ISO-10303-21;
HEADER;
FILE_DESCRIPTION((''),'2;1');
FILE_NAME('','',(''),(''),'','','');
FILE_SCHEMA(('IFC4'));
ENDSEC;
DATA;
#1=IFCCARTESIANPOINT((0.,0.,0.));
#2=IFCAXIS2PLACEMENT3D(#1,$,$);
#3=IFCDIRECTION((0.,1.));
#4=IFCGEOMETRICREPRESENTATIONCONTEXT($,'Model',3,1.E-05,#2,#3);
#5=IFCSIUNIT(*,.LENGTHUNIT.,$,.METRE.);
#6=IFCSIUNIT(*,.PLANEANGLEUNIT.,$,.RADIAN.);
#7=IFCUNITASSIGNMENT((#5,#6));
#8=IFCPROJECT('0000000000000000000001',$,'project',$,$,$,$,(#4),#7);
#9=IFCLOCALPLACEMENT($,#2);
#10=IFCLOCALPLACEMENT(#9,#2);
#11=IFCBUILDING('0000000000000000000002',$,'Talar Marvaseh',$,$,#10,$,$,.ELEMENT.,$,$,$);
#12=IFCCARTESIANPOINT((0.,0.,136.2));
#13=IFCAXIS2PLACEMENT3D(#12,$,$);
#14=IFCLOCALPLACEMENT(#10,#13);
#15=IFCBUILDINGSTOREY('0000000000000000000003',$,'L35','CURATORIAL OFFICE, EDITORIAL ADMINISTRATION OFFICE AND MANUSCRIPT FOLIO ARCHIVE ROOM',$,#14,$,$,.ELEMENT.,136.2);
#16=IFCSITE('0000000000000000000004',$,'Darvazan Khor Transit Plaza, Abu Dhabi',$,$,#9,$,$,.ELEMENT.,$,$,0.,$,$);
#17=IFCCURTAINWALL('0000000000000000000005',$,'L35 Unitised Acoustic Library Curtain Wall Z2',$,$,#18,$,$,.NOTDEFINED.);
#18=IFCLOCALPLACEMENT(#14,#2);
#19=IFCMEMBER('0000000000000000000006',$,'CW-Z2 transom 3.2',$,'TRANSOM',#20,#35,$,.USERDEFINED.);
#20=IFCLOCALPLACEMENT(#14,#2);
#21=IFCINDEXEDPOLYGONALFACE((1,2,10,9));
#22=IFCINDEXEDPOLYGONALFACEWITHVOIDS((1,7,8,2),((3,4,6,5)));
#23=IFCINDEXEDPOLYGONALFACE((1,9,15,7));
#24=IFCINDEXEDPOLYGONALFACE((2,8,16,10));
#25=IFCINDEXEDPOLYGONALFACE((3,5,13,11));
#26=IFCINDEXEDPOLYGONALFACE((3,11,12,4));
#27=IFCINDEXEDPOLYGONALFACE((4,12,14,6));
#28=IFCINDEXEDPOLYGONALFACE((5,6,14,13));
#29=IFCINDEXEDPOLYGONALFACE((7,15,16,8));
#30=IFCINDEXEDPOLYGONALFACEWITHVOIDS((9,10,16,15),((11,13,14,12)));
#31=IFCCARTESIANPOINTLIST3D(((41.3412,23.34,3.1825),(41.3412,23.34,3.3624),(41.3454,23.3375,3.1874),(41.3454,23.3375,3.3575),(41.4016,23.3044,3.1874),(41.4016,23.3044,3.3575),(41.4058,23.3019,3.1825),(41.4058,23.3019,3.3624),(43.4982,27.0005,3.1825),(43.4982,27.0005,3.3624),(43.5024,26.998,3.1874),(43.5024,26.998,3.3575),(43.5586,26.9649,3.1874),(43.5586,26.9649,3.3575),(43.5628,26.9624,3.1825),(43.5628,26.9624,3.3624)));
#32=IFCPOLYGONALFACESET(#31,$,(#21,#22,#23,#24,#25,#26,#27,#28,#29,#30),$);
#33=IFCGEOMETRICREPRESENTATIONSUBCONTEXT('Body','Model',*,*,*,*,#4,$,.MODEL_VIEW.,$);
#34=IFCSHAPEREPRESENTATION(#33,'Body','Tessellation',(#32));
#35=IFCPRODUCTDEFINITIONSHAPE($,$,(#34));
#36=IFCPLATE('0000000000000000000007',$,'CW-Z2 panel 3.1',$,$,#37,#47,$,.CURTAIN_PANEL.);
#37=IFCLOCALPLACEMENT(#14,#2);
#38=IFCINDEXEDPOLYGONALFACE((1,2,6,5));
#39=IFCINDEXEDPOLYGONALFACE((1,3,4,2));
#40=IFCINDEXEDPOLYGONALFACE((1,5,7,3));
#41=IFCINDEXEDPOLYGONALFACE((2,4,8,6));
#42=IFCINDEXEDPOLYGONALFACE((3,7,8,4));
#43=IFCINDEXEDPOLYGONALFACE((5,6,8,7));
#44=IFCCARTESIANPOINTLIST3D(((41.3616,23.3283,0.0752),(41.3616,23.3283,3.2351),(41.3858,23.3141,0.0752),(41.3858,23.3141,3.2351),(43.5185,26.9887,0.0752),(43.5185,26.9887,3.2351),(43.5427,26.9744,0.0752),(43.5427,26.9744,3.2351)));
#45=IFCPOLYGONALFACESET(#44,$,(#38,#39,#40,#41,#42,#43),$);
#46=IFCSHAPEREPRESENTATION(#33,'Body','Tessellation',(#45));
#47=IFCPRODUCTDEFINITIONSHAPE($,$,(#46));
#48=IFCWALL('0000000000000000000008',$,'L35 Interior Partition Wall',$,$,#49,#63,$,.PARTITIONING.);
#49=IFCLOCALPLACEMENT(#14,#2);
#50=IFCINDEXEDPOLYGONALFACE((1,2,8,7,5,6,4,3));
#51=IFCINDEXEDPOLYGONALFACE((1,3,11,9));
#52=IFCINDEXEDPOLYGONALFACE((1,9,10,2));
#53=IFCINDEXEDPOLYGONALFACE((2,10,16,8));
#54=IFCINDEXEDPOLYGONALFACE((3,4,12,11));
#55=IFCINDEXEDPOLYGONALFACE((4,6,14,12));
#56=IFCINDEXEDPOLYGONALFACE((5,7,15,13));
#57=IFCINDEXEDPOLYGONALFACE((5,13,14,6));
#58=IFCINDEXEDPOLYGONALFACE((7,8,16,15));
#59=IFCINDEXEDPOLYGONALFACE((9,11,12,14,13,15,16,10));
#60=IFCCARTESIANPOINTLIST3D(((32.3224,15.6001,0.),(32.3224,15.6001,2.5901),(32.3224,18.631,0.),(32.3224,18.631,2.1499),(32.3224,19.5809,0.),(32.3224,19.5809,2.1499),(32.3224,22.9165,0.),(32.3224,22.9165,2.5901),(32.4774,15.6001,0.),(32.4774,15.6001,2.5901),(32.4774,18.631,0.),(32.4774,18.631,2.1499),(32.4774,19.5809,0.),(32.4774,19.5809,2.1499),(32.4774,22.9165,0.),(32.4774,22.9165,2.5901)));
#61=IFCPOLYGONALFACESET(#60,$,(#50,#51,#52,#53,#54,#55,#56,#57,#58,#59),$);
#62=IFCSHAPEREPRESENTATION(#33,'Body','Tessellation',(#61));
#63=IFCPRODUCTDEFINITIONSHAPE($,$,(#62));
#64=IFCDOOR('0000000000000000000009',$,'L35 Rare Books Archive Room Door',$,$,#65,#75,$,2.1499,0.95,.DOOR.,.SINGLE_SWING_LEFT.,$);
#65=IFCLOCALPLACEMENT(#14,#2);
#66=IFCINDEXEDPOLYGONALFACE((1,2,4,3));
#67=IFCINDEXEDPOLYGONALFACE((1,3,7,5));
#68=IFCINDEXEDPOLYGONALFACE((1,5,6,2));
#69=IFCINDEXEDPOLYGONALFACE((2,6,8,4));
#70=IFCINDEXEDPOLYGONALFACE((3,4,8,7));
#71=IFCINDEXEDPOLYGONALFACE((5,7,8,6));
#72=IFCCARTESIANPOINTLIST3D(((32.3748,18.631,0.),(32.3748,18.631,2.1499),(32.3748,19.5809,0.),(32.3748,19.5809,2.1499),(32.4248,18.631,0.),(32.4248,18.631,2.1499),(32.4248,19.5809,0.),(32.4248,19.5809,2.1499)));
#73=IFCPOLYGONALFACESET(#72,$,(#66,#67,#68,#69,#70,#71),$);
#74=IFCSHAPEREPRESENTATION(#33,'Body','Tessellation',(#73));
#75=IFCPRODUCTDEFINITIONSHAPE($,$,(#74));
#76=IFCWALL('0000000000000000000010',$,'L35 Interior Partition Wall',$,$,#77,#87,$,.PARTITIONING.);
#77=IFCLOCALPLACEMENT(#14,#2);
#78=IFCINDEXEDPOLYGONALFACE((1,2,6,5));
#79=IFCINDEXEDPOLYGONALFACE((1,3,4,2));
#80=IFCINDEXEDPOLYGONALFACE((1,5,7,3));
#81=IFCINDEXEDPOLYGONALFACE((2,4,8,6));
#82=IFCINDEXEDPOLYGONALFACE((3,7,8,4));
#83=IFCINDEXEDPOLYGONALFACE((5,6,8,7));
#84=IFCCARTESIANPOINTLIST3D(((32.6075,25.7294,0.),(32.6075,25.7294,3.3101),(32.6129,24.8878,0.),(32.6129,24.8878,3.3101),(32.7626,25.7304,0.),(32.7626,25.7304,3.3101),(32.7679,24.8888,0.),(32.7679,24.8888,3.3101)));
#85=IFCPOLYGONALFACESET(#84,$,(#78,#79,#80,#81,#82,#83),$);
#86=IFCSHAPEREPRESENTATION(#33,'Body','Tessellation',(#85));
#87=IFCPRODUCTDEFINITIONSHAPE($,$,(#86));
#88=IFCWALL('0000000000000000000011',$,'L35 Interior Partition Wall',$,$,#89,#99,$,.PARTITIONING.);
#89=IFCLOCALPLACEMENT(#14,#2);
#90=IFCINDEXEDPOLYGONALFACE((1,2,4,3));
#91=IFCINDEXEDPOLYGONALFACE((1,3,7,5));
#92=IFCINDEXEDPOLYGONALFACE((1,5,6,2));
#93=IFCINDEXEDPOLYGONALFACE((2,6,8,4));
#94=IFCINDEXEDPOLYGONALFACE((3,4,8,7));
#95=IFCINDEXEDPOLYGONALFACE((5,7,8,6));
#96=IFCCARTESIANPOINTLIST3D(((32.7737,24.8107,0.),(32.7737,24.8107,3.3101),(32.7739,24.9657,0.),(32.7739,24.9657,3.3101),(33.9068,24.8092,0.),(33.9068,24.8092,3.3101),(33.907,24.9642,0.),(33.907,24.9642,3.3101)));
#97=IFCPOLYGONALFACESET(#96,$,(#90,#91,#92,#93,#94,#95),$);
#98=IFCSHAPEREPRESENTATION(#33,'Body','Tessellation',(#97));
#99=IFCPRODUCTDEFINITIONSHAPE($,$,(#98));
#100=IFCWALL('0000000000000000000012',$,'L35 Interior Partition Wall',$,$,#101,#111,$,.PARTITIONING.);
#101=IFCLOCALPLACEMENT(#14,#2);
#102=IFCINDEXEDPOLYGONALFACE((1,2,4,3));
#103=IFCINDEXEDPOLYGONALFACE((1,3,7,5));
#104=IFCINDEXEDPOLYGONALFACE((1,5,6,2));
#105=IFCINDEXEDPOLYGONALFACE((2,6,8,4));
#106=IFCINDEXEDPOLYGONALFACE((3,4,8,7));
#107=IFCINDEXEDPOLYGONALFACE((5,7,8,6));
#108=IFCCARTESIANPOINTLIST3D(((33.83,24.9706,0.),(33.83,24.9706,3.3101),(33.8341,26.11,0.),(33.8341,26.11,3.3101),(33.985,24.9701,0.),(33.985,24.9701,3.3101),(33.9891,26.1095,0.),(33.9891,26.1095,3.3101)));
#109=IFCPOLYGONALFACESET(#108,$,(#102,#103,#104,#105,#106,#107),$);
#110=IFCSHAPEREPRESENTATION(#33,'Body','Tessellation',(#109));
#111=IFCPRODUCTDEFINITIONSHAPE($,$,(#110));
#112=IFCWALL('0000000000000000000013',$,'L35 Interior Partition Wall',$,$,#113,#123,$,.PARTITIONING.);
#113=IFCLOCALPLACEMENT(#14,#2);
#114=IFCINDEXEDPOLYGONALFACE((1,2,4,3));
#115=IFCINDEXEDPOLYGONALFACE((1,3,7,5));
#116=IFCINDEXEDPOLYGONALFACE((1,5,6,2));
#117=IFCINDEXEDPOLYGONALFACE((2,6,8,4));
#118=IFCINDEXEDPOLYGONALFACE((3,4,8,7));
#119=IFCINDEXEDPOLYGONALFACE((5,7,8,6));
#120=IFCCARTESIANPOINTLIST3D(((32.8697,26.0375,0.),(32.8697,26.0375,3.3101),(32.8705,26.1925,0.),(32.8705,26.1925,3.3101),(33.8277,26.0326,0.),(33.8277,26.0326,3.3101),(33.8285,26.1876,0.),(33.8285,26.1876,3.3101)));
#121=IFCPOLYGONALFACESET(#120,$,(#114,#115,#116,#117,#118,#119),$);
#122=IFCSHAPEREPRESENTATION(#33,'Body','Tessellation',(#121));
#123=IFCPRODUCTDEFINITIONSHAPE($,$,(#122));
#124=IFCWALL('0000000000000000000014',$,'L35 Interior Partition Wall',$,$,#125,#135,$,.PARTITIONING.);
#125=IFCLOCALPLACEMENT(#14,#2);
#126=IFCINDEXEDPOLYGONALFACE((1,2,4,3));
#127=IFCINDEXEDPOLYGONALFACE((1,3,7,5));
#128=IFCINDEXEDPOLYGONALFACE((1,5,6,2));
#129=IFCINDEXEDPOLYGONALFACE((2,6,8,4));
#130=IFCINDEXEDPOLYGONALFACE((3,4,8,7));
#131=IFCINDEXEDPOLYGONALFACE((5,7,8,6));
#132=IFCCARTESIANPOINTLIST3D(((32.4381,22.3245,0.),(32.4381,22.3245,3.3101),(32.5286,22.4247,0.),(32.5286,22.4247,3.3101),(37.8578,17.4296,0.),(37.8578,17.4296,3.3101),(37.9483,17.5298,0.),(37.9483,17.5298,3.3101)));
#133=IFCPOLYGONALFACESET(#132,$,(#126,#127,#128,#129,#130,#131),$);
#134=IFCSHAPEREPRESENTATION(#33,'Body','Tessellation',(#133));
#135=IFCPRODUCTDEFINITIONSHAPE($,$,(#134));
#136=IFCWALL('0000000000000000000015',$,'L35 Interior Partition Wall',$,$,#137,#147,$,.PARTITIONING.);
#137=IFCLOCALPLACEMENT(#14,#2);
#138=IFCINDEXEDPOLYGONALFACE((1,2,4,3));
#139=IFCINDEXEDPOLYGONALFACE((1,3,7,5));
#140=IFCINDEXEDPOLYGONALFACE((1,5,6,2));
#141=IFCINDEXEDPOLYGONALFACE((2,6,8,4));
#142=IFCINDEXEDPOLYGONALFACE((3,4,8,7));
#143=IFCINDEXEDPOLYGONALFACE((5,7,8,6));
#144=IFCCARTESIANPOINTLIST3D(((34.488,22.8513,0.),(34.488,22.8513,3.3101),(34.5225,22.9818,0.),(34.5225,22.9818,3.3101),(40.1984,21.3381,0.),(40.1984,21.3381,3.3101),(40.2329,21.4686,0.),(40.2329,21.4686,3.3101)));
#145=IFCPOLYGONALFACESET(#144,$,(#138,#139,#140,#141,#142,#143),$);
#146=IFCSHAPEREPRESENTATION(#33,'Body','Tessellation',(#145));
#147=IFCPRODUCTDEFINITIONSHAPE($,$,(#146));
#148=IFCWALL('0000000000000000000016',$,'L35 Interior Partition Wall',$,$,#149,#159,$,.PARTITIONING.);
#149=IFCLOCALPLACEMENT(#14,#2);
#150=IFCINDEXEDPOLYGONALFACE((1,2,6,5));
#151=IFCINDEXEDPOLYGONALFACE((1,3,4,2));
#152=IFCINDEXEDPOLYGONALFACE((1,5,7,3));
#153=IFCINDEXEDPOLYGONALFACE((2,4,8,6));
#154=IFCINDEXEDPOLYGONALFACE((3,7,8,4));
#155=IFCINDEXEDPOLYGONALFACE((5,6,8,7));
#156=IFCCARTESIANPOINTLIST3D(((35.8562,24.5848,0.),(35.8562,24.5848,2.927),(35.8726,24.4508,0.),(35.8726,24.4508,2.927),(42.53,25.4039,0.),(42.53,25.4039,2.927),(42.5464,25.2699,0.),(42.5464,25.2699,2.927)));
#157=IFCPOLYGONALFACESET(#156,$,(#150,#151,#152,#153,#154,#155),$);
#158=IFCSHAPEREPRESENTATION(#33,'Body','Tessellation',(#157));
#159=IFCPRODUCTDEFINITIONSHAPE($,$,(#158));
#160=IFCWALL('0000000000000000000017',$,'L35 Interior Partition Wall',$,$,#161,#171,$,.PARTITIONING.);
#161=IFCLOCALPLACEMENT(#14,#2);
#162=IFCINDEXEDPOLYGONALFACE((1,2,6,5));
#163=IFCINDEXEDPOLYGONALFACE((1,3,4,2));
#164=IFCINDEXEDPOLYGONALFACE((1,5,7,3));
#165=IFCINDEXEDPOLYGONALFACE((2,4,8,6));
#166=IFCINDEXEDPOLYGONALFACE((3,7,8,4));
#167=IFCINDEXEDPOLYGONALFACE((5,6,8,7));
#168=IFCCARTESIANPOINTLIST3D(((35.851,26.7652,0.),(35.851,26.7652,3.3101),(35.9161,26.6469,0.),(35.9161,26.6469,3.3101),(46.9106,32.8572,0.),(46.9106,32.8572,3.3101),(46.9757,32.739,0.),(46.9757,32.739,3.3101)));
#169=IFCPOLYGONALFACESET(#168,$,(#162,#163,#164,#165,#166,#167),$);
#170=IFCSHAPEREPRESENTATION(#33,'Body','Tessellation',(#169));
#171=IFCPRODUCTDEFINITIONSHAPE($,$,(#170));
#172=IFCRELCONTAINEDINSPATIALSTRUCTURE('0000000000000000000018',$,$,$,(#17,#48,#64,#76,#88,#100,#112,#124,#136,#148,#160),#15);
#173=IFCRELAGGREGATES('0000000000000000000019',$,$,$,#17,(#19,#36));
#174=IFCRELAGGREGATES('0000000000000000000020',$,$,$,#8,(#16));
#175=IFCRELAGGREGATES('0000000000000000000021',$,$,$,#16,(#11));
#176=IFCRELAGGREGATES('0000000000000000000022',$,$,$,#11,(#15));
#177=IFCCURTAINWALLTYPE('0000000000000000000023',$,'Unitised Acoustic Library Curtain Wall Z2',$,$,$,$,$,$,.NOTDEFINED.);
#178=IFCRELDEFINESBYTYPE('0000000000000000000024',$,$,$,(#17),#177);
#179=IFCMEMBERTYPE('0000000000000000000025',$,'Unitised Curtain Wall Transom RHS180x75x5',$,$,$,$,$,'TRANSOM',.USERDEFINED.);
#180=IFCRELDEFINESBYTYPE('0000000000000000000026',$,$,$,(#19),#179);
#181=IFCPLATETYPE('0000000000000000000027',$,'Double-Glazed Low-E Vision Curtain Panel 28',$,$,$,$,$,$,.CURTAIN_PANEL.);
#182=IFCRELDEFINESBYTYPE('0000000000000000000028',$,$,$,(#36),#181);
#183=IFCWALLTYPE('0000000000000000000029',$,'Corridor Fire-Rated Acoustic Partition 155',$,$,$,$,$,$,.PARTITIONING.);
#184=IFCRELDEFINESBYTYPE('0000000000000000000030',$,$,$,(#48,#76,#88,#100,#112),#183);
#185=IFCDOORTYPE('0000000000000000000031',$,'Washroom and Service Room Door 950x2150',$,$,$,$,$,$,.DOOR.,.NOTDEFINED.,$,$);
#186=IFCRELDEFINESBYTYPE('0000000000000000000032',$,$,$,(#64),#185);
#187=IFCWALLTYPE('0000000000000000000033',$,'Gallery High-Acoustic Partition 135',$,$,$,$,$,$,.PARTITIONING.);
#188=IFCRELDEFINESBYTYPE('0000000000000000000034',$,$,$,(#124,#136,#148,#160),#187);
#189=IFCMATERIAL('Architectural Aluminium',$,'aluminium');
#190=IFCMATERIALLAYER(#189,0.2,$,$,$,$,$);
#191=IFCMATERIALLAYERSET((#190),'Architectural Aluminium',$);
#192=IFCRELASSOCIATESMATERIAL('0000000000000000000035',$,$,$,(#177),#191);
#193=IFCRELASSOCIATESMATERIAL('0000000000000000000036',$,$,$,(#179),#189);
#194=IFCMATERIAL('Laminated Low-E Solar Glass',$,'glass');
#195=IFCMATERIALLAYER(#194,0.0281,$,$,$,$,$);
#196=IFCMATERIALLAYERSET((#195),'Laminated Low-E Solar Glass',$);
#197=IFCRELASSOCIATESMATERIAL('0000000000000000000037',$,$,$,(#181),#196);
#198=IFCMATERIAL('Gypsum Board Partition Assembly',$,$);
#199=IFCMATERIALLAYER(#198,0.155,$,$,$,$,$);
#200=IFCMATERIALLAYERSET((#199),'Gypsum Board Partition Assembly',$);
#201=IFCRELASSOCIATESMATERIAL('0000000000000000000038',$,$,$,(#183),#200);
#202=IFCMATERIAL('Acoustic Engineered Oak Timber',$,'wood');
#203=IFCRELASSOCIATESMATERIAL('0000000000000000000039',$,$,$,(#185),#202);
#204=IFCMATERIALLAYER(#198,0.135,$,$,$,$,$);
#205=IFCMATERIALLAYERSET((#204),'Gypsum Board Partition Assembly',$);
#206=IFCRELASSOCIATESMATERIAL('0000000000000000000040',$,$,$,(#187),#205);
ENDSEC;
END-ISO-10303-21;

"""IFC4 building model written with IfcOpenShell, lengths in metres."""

from ifc_helpers import new_model, si_unit, direction, frame, frame_2d, origin, origin_2d, place, context, subcontext, project, spatial, rectangle, hollow_rectangle, extrude, source, transform, mapped, material, layer, layer_set, material_profile, profile_set, type_object, type_shapes, element, fill, aggregate, save


model = new_model("IFC4")

# Units and contexts
model_context = context("Model", 3, precision=1e-05, world=origin(), true_north=direction((0.0, 1.0)))
body_context = subcontext(model_context, "Body", "Model", "MODEL_VIEW")
ifc_project = project(units=[si_unit("LENGTHUNIT", "METRE"), si_unit("PLANEANGLEUNIT", "RADIAN")], contexts=[model_context])

# Site, building, storey
site_placement = place(None, origin())
site = spatial("IfcSite", under=ifc_project, at=site_placement, Name="Darvazan Khor Transit Plaza, Abu Dhabi", CompositionType="ELEMENT", RefElevation=0.0)
building_placement = place(site_placement, origin())
building = spatial("IfcBuilding", under=site, at=building_placement, Name="Talar Marvaseh", CompositionType="ELEMENT")
storey_placement = place(building_placement, frame((0.0, 0.0, 136.2)))
storey = spatial("IfcBuildingStorey", under=building, at=storey_placement, Name="L35", Description="CURATORIAL OFFICE, EDITORIAL ADMINISTRATION OFFICE AND MANUSCRIPT FOLIO ARCHIVE ROOM", CompositionType="ELEMENT", Elevation=136.2)

# Curtain wall, member, plate
ifc_material_1 = material(Name="Architectural Aluminium", Category="aluminium")
ifc_layer_1 = layer(ifc_material_1, 0.2)
ifc_layer_set_1 = layer_set([ifc_layer_1], Name="Architectural Aluminium")
curtain_wall_type = type_object("IfcCurtainWallType", Name="Unitised Acoustic Library Curtain Wall Z2", PredefinedType="NOTDEFINED", material=ifc_layer_set_1)
curtain_wall_placement = place(storey_placement, origin())
curtain_wall = element("IfcCurtainWall", 1, at=curtain_wall_placement, inside=storey, type_object=curtain_wall_type, Name="L35 Unitised Acoustic Library Curtain Wall Z2", PredefinedType="NOTDEFINED")
ifc_material_profile_1 = material_profile(ifc_material_1, hollow_rectangle(XDim=0.075, YDim=0.1799, WallThickness=0.0049, at=origin_2d()), Name="RHS180x75x5")
ifc_profile_set_1 = profile_set([ifc_material_profile_1], Name="Architectural Aluminium")
member_type_1 = type_object("IfcMemberType", Name="Unitised Curtain Wall Transom RHS180x75x5", ElementType="TRANSOM", PredefinedType="USERDEFINED", material=ifc_profile_set_1)
shared_shape_1 = source(origin(), body_context, "Body", "SweptSolid", [
    extrude(hollow_rectangle(XDim=0.075, YDim=0.1799, WallThickness=0.0049, at=origin_2d()), origin(), (0.0, 0.0, 1.0), 4.2488),
])
member_1_placement = place(storey_placement, frame((43.5305, 26.9814, 3.2725), z_axis=(-0.507685, -0.861543, 0.0), x_axis=(0.861543, -0.507685, 0.0)))
member_1 = element("IfcMember", 2, at=member_1_placement, type_object=member_type_1, Name="CW-Z2 transom 3.2", ObjectType="TRANSOM", PredefinedType="USERDEFINED", context=body_context, shape_type="MappedRepresentation", body=[
    mapped(shared_shape_1, transform((0.0, 0.0, 0.0), x_axis=(1.0, 0.0, 0.0), y_axis=(0.0, 1.0, 0.0), z_axis=(0.0, 0.0, 1.0), scale=1.0)),
])
ifc_material_2 = material(Name="Laminated Low-E Solar Glass", Category="glass")
ifc_layer_2 = layer(ifc_material_2, 0.0281)
ifc_layer_set_2 = layer_set([ifc_layer_2], Name="Laminated Low-E Solar Glass")
plate_type = type_object("IfcPlateType", Name="Double-Glazed Low-E Vision Curtain Panel 28", PredefinedType="CURTAIN_PANEL", material=ifc_layer_set_2)
shared_shape_2 = source(origin(), body_context, "Body", "SweptSolid", [
    extrude(rectangle(XDim=4.2485, YDim=0.0281, at=origin_2d()), origin(), (0.0, 0.0, 1.0), 3.1599),
])
type_shapes(plate_type, [shared_shape_2])
plate_placement = place(storey_placement, frame((42.4521, 25.1514, 0.0752), z_axis=(0.0, 0.0, 1.0), x_axis=(-0.507673, -0.86155, 0.0)))
plate = element("IfcPlate", 3, at=plate_placement, type_object=plate_type, Name="CW-Z2 panel 3.1", PredefinedType="CURTAIN_PANEL", context=body_context, shape_type="MappedRepresentation", body=[
    mapped(shared_shape_2, transform((0.0, 0.0, 0.0), x_axis=(1.0, 0.0, 0.0), y_axis=(0.0, 1.0, 0.0), z_axis=(0.0, 0.0, 1.0), scale=1.0)),
])
aggregate(curtain_wall, [member_1, plate])

# Wall, opening, door
ifc_material_3 = material(Name="Gypsum Board Partition Assembly")
ifc_layer_3 = layer(ifc_material_3, 0.155)
ifc_layer_set_3 = layer_set([ifc_layer_3], Name="Gypsum Board Partition Assembly")
wall_type_1 = type_object("IfcWallType", Name="Corridor Fire-Rated Acoustic Partition 155", PredefinedType="PARTITIONING", material=ifc_layer_set_3)
ifc_material_4 = material(Name="Acoustic Engineered Oak Timber", Category="wood")
wall_1_placement = place(storey_placement, frame((32.3999, 22.9165, 0.0), z_axis=(0.0, 0.0, 1.0), x_axis=(0.0, -1.0, 0.0)))
wall_1 = element("IfcWall", 4, at=wall_1_placement, inside=storey, type_object=wall_type_1, Name="L35 Interior Partition Wall", PredefinedType="PARTITIONING", context=body_context, shape_type="SweptSolid", body=[
    extrude(rectangle(XDim=7.3164, YDim=0.155, at=frame_2d((3.6582, 0.0))), origin(), (0.0, 0.0, 1.0), 2.5901),
])
opening_1_placement = place(wall_1_placement, frame((3.3354, 0.0, 0.0)))
opening_1 = element("IfcOpeningElement", 5, at=opening_1_placement, cuts=wall_1, PredefinedType="OPENING", context=body_context, shape_type="SweptSolid", body=[
    extrude(rectangle(XDim=0.95, YDim=2.1499, at=frame_2d((0.4751, 1.075))), frame((0.0, 0.0874, 0.0), z_axis=(0.0, -1.0, 0.0), x_axis=(1.0, 0.0, 0.0)), (0.0, 0.0, 1.0), 0.175),
])
door_type_1 = type_object("IfcDoorType", Name="Washroom and Service Room Door 950x2150", OperationType="NOTDEFINED", PredefinedType="DOOR", material=ifc_material_4)
shared_shape_3 = source(origin(), body_context, "Body", "SweptSolid", [
    extrude(rectangle(XDim=0.95, YDim=2.1499, at=frame_2d((0.4751, 1.075))), frame((0.0, 0.0249, 0.0), z_axis=(0.0, -1.0, 0.0), x_axis=(1.0, 0.0, 0.0)), (0.0, 0.0, 1.0), 0.05),
])
type_shapes(door_type_1, [shared_shape_3])
door_1_placement = place(opening_1_placement, origin())
door_1 = element("IfcDoor", 6, at=door_1_placement, inside=storey, type_object=door_type_1, Name="L35 Rare Books Archive Room Door", OperationType="SINGLE_SWING_LEFT", OverallHeight=2.1499, OverallWidth=0.95, PredefinedType="DOOR", context=body_context, shape_type="MappedRepresentation", body=[
    mapped(shared_shape_3, transform((0.0, 0.0, 0.0), x_axis=(1.0, 0.0, 0.0), y_axis=(0.0, 1.0, 0.0), z_axis=(0.0, 0.0, 1.0), scale=1.0)),
])
fill(opening_1, door_1)

# Walls
wall_2_placement = place(storey_placement, frame((32.6851, 25.73, 0.0), z_axis=(0.0, 0.0, 1.0), x_axis=(0.006382, -0.99998, 0.0)))
element("IfcWall", 7, at=wall_2_placement, inside=storey, type_object=wall_type_1, Name="L35 Interior Partition Wall", PredefinedType="PARTITIONING", context=body_context, shape_type="SweptSolid", body=[
    extrude(rectangle(XDim=0.8416, YDim=0.155, at=frame_2d((0.4209, 0.0))), origin(), (0.0, 0.0, 1.0), 3.3101),
])
wall_3_placement = place(storey_placement, frame((32.7739, 24.8882, 0.0), z_axis=(0.0, 0.0, 1.0), x_axis=(0.999999, -0.001293, 0.0)))
element("IfcWall", 8, at=wall_3_placement, inside=storey, type_object=wall_type_1, Name="L35 Interior Partition Wall", PredefinedType="PARTITIONING", context=body_context, shape_type="SweptSolid", body=[
    extrude(rectangle(XDim=1.1331, YDim=0.155, at=frame_2d((0.5664, 0.0))), origin(), (0.0, 0.0, 1.0), 3.3101),
])
wall_4_placement = place(storey_placement, frame((33.9075, 24.9702, 0.0), z_axis=(0.0, 0.0, 1.0), x_axis=(0.003643, 0.999993, 0.0)))
element("IfcWall", 9, at=wall_4_placement, inside=storey, type_object=wall_type_1, Name="L35 Interior Partition Wall", PredefinedType="PARTITIONING", context=body_context, shape_type="SweptSolid", body=[
    extrude(rectangle(XDim=1.1394, YDim=0.155, at=frame_2d((0.5698, 0.0))), origin(), (0.0, 0.0, 1.0), 3.3101),
])
wall_5_placement = place(storey_placement, frame((33.8281, 26.1101, 0.0), z_axis=(0.0, 0.0, 1.0), x_axis=(-0.999987, 0.005097, 0.0)))
element("IfcWall", 10, at=wall_5_placement, inside=storey, type_object=wall_type_1, Name="L35 Interior Partition Wall", PredefinedType="PARTITIONING", context=body_context, shape_type="SweptSolid", body=[
    extrude(rectangle(XDim=0.958, YDim=0.155, at=frame_2d((0.479, 0.0))), origin(), (0.0, 0.0, 1.0), 3.3101),
])
ifc_layer_4 = layer(ifc_material_3, 0.135)
ifc_layer_set_4 = layer_set([ifc_layer_4], Name="Gypsum Board Partition Assembly")
wall_type_2 = type_object("IfcWallType", Name="Gallery High-Acoustic Partition 135", PredefinedType="PARTITIONING", material=ifc_layer_set_4)
wall_6_placement = place(storey_placement, frame((32.4834, 22.3745, 0.0), z_axis=(0.0, 0.0, 1.0), x_axis=(0.742131, -0.670255, 0.0)))
element("IfcWall", 11, at=wall_6_placement, inside=storey, type_object=wall_type_2, Name="L35 Interior Partition Wall", PredefinedType="PARTITIONING", context=body_context, shape_type="SweptSolid", body=[
    extrude(rectangle(XDim=7.303, YDim=0.135, at=frame_2d((3.6514, 0.0))), origin(), (0.0, 0.0, 1.0), 3.3101),
])
wall_7_placement = place(storey_placement, frame((34.5054, 22.9165, 0.0), z_axis=(0.0, 0.0, 1.0), x_axis=(0.966638, -0.256145, 0.0)))
element("IfcWall", 12, at=wall_7_placement, inside=storey, type_object=wall_type_2, Name="L35 Interior Partition Wall", PredefinedType="PARTITIONING", context=body_context, shape_type="SweptSolid", body=[
    extrude(rectangle(XDim=5.9075, YDim=0.135, at=frame_2d((2.9536, 0.0))), origin(), (0.0, 0.0, 1.0), 3.3101),
])
wall_8_placement = place(storey_placement, frame((35.8645, 24.5178, 0.0), z_axis=(0.0, 0.0, 1.0), x_axis=(0.992552, 0.121818, 0.0)))
element("IfcWall", 13, at=wall_8_placement, inside=storey, type_object=wall_type_2, Name="L35 Interior Partition Wall", PredefinedType="PARTITIONING", context=body_context, shape_type="SweptSolid", body=[
    extrude(rectangle(XDim=6.7239, YDim=0.135, at=frame_2d((3.3618, 0.0))), origin(), (0.0, 0.0, 1.0), 2.927),
])
wall_9_placement = place(storey_placement, frame((35.8835, 26.7061, 0.0), z_axis=(0.0, 0.0, 1.0), x_axis=(0.875905, 0.482483, 0.0)))
element("IfcWall", 14, at=wall_9_placement, inside=storey, type_object=wall_type_2, Name="L35 Interior Partition Wall", PredefinedType="PARTITIONING", context=body_context, shape_type="SweptSolid", body=[
    extrude(rectangle(XDim=12.6265, YDim=0.135, at=frame_2d((6.3132, 0.0))), origin(), (0.0, 0.0, 1.0), 3.3101),
])

save(model, "model.ifc")
